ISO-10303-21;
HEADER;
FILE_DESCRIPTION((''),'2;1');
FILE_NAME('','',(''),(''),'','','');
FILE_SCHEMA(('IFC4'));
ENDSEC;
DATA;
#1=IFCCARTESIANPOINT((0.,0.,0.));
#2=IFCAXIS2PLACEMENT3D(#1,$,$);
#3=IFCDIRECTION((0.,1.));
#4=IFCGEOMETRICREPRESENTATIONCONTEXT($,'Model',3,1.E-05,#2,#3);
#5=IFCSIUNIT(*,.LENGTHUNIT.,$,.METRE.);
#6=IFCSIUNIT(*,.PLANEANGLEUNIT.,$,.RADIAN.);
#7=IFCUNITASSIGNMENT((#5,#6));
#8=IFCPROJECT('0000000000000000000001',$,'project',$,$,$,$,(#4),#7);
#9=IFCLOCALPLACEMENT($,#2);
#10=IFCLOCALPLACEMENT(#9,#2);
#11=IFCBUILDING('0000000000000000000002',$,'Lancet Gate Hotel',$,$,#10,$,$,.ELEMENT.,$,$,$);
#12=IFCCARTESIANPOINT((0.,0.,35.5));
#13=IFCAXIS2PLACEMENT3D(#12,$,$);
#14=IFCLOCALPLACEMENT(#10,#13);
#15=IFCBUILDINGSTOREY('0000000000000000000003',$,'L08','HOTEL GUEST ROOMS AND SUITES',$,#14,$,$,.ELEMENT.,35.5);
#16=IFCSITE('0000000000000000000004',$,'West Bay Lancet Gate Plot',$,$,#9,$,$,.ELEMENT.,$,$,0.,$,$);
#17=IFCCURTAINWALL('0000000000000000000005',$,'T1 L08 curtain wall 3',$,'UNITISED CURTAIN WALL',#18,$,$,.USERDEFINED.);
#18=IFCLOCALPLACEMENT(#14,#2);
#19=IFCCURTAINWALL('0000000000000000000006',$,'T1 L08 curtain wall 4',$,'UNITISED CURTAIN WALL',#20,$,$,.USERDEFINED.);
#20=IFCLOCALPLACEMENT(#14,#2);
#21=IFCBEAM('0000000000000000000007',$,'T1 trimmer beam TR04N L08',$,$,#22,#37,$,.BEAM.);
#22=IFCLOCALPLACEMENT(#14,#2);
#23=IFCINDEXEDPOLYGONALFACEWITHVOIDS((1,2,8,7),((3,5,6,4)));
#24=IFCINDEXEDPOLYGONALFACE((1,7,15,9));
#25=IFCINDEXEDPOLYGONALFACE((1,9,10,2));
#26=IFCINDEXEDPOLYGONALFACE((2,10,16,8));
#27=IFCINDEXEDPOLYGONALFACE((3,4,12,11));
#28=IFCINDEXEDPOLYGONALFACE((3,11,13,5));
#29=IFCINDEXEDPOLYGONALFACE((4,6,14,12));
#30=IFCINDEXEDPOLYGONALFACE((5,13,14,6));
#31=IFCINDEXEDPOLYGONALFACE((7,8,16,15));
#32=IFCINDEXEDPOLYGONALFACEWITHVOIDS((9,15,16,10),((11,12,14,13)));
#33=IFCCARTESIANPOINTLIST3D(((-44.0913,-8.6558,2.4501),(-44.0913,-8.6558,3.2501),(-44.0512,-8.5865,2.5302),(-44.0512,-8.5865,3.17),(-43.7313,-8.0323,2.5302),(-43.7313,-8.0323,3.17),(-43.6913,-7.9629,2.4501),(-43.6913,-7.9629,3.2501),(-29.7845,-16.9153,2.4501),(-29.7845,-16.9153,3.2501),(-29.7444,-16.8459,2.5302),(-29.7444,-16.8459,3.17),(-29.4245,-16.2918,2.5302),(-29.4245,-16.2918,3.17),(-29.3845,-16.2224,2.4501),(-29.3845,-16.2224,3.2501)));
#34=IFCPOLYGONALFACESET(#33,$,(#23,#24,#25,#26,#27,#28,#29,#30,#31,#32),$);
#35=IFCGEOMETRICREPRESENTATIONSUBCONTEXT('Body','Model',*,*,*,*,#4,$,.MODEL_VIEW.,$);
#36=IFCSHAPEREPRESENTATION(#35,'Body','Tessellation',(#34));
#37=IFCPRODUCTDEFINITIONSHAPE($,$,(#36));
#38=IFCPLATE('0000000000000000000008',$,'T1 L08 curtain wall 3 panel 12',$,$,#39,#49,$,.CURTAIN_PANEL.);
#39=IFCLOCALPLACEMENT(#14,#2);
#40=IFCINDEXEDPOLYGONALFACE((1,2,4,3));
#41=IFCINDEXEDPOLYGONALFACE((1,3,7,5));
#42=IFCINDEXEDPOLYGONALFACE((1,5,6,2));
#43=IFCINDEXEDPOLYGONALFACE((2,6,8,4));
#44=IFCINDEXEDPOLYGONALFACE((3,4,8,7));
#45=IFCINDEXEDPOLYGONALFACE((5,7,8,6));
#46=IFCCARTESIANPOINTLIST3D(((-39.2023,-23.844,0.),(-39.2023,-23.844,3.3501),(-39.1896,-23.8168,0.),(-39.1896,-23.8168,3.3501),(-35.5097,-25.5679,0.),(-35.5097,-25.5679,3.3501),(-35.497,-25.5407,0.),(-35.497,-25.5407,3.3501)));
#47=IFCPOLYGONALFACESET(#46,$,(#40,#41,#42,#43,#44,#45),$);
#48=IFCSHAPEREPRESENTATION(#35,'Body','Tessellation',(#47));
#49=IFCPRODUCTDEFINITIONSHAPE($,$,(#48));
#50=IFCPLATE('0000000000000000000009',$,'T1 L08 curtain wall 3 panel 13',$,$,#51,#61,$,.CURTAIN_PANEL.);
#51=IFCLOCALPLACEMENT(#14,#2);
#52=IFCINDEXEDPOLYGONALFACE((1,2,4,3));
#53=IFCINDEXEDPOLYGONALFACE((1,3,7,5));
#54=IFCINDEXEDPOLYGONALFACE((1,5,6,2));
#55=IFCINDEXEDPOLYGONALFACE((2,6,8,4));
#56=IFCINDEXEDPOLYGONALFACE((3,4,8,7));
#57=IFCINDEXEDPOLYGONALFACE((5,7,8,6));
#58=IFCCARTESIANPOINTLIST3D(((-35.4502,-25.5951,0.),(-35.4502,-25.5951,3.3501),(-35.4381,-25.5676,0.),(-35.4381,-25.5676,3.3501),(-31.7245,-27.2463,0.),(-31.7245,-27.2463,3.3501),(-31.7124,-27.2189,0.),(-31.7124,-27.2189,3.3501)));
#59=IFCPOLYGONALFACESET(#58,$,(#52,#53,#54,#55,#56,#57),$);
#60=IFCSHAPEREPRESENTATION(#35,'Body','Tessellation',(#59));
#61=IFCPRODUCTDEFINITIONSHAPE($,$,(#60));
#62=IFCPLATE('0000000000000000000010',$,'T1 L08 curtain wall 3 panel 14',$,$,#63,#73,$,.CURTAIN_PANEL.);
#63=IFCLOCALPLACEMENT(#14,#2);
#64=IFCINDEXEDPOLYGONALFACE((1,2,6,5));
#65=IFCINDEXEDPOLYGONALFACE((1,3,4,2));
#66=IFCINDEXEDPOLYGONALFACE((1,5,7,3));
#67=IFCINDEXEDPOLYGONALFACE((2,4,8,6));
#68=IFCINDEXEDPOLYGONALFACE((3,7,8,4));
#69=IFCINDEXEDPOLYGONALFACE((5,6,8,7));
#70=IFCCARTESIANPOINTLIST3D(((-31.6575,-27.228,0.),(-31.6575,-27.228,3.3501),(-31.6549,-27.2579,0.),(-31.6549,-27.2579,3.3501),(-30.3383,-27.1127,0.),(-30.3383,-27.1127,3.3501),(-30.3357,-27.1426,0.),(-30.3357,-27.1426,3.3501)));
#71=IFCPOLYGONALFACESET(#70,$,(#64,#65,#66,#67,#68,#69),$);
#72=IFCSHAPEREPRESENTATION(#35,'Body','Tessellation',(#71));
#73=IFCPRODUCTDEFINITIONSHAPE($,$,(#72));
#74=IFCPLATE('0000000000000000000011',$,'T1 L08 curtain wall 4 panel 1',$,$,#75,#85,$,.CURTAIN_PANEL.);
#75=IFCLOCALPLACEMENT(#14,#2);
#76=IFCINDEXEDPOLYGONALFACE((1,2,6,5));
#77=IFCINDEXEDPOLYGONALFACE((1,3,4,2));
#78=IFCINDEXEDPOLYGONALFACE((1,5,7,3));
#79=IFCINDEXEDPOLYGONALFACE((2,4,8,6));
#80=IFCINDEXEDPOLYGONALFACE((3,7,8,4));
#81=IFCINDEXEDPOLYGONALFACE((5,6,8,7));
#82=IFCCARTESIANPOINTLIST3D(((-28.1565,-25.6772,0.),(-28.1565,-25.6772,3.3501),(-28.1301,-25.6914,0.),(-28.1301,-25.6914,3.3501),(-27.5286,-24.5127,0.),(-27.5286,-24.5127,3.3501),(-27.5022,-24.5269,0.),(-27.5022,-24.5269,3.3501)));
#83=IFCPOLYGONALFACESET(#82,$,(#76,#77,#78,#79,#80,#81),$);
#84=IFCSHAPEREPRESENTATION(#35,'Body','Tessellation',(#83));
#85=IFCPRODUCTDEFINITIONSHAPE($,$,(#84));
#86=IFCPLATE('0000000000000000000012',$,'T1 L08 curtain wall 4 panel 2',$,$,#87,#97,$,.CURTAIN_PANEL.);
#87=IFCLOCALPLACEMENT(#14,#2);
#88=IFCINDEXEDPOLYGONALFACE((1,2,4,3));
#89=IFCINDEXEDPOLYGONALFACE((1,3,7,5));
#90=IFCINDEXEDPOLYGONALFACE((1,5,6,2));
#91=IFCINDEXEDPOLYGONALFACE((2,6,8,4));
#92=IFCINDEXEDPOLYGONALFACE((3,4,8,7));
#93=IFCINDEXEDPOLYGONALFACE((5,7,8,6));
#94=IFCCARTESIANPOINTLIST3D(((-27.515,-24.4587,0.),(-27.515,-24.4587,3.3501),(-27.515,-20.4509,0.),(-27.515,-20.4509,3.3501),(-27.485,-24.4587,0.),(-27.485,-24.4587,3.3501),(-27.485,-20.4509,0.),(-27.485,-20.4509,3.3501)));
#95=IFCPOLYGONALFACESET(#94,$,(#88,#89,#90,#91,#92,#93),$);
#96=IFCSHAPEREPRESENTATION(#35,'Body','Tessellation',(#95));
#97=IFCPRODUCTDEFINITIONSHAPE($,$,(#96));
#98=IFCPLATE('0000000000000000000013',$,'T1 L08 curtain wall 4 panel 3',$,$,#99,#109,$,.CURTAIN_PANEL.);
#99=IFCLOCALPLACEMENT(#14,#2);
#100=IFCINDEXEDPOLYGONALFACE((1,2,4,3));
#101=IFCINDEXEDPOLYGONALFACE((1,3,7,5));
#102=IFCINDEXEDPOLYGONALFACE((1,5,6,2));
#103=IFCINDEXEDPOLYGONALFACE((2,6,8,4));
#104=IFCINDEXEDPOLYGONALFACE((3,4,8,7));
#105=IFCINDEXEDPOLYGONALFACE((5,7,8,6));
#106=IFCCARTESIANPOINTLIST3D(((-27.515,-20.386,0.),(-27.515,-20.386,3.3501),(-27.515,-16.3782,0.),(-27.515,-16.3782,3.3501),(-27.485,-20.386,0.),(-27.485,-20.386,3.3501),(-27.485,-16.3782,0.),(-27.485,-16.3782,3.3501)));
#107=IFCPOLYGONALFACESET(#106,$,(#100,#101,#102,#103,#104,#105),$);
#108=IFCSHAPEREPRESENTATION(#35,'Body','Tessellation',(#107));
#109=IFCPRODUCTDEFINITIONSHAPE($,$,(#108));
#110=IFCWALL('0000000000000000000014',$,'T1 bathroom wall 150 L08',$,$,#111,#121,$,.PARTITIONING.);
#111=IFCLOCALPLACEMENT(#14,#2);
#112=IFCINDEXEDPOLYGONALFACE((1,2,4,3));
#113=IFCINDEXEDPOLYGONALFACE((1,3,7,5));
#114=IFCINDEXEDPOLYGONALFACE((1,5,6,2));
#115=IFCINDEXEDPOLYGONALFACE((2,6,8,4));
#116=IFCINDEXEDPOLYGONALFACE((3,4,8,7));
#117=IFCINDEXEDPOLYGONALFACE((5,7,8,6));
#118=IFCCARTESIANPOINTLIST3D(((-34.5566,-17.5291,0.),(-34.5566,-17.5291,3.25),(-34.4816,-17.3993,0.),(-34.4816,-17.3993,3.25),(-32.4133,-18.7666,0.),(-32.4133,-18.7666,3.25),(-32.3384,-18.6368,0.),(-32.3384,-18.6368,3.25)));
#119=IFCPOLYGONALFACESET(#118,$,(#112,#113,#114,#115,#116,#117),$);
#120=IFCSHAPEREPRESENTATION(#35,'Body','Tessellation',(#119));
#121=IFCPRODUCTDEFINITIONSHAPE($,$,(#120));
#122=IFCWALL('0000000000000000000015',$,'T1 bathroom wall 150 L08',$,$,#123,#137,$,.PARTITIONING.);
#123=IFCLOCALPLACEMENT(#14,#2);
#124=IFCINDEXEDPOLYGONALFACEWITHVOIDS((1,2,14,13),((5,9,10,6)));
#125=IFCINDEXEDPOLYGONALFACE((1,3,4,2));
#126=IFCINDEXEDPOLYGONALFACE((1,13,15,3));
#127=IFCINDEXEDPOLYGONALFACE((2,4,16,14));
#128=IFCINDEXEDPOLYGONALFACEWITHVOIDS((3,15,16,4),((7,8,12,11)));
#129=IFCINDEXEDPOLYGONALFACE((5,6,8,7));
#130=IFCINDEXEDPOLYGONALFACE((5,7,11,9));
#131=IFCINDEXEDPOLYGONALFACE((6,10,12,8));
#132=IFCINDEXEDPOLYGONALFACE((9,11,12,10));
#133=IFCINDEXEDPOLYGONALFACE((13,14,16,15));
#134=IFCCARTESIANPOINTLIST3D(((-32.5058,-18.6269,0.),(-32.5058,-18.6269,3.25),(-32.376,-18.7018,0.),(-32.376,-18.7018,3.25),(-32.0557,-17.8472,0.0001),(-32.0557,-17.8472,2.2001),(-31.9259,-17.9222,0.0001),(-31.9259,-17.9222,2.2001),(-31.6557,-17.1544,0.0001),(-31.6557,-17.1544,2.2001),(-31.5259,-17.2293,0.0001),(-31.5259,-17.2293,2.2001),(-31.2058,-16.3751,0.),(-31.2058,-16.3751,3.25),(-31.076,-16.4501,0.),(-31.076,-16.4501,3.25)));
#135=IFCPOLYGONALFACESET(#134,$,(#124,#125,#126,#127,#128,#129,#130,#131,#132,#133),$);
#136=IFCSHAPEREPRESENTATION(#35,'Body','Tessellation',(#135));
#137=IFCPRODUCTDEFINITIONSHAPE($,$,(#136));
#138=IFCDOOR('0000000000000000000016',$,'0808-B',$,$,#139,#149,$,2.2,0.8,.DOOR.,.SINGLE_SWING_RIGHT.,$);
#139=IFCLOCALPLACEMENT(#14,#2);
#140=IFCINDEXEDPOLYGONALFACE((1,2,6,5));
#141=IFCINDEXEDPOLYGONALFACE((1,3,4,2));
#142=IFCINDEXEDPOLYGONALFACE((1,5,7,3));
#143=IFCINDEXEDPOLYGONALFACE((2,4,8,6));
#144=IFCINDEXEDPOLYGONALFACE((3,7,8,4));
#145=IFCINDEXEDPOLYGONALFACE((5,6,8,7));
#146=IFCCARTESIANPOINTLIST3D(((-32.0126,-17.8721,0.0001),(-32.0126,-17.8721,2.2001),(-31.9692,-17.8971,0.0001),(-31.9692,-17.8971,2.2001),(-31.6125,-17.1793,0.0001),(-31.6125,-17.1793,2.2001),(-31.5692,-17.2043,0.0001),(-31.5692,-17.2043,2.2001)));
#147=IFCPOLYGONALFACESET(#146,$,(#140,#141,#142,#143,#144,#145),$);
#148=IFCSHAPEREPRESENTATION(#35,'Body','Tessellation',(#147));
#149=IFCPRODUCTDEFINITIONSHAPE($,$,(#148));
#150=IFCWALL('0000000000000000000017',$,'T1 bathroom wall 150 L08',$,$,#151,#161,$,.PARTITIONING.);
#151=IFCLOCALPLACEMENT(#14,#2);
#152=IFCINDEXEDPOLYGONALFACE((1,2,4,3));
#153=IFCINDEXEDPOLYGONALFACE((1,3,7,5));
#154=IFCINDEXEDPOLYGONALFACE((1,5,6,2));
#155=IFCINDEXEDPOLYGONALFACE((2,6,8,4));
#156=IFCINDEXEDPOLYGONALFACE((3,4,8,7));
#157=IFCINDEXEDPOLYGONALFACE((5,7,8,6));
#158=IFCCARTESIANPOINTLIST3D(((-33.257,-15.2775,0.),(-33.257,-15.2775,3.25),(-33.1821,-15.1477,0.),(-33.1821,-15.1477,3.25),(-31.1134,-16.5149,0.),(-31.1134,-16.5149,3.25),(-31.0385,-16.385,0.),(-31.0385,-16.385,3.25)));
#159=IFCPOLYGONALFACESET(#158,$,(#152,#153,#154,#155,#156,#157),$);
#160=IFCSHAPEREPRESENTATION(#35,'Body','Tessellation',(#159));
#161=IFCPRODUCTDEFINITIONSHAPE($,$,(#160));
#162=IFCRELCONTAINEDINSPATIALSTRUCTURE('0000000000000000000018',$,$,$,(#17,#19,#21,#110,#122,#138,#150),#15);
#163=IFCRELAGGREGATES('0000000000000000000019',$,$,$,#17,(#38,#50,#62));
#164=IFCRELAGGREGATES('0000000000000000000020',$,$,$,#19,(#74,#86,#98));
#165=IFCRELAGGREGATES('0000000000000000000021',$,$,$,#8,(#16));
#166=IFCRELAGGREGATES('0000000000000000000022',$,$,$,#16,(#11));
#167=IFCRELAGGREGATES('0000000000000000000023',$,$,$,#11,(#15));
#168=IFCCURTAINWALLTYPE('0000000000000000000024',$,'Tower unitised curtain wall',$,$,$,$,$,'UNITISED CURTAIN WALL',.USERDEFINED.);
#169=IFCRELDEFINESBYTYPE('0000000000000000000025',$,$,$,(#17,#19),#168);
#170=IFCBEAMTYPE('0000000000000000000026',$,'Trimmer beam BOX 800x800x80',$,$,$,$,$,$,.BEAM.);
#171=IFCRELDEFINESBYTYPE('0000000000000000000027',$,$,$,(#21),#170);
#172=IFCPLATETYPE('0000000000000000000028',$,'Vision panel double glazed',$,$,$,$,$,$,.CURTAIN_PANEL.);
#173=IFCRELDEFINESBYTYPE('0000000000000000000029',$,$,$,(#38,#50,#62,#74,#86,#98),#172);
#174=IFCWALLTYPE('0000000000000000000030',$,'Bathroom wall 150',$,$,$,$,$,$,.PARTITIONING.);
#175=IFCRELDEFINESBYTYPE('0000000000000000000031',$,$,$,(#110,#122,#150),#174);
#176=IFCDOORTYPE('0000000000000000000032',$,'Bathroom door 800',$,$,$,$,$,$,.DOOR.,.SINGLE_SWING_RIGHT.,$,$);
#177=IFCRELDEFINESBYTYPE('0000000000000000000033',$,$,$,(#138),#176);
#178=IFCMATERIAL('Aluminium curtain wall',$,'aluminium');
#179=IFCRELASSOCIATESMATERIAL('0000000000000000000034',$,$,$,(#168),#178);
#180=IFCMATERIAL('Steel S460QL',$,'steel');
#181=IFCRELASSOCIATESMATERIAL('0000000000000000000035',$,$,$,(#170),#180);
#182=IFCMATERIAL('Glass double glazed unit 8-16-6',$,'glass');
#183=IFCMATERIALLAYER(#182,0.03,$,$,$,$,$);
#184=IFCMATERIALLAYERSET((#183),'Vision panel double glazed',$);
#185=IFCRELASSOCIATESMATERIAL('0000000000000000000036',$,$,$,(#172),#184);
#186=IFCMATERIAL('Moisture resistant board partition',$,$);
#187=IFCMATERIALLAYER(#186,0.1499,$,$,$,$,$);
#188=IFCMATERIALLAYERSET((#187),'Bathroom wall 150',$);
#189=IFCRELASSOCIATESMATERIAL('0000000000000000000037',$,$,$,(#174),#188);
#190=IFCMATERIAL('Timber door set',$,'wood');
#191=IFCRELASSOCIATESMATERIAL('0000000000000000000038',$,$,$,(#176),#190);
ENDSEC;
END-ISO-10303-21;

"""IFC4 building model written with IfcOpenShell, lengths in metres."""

from ifc_helpers import new_model, si_unit, direction, frame, frame_2d, origin, origin_2d, place, context, subcontext, project, spatial, rectangle, hollow_rectangle, extrude, material, layer, layer_set, material_profile, profile_set, type_object, element, fill, aggregate, save


model = new_model("IFC4")

# Units and contexts
model_context = context("Model", 3, precision=1e-05, world=origin(), true_north=direction((0.0, 1.0)))
body_context = subcontext(model_context, "Body", "Model", "MODEL_VIEW")
ifc_project = project(units=[si_unit("LENGTHUNIT", "METRE"), si_unit("PLANEANGLEUNIT", "RADIAN")], contexts=[model_context])

# Site, building, storey
site_placement = place(None, origin())
site = spatial("IfcSite", under=ifc_project, at=site_placement, Name="West Bay Lancet Gate Plot", CompositionType="ELEMENT", RefElevation=0.0)
building_placement = place(site_placement, origin())
building = spatial("IfcBuilding", under=site, at=building_placement, Name="Lancet Gate Hotel", CompositionType="ELEMENT")
storey_placement = place(building_placement, frame((0.0, 0.0, 35.5)))
storey = spatial("IfcBuildingStorey", under=building, at=storey_placement, Name="L08", Description="HOTEL GUEST ROOMS AND SUITES", CompositionType="ELEMENT", Elevation=35.5)

# Curtain walls
ifc_material_1 = material(Name="Aluminium curtain wall", Category="aluminium")
curtain_wall_type = type_object("IfcCurtainWallType", Name="Tower unitised curtain wall", ElementType="UNITISED CURTAIN WALL", PredefinedType="USERDEFINED", material=ifc_material_1)
curtain_wall_1_placement = place(storey_placement, origin())
curtain_wall_1 = element("IfcCurtainWall", 1, at=curtain_wall_1_placement, inside=storey, type_object=curtain_wall_type, Name="T1 L08 curtain wall 3", ObjectType="UNITISED CURTAIN WALL", PredefinedType="USERDEFINED")
curtain_wall_2_placement = place(storey_placement, origin())
curtain_wall_2 = element("IfcCurtainWall", 2, at=curtain_wall_2_placement, inside=storey, type_object=curtain_wall_type, Name="T1 L08 curtain wall 4", ObjectType="UNITISED CURTAIN WALL", PredefinedType="USERDEFINED")

# Beam
ifc_material_2 = material(Name="Steel S460QL", Category="steel")
ifc_material_profile_1 = material_profile(ifc_material_2, hollow_rectangle(XDim=0.8, YDim=0.8, WallThickness=0.0801, at=origin_2d()), Name="BOX 800x800x80")
ifc_profile_set_1 = profile_set([ifc_material_profile_1], Name="Steel S460QL")
beam_type_1 = type_object("IfcBeamType", Name="Trimmer beam BOX 800x800x80", PredefinedType="BEAM", material=ifc_profile_set_1)
for number, where, z_axis, x_axis, name in (
    (3, (-29.5845, -16.5688, 2.8501), (-0.86604, 0.499974, 0.0), (-0.499974, -0.86604, 0.0), "T1 trimmer beam TR04N L08"),
):
    element("IfcBeam", number, at=place(storey_placement, frame(where, z_axis=z_axis, x_axis=x_axis)), inside=storey, type_object=beam_type_1, Name=name, PredefinedType="BEAM", context=body_context, shape_type="SweptSolid", body=[
        extrude(hollow_rectangle(XDim=0.8, YDim=0.8, WallThickness=0.0801, at=origin_2d()), origin(), (0.0, 0.0, 1.0), 16.5198),
    ])

# Plates
ifc_material_3 = material(Name="Glass double glazed unit 8-16-6", Category="glass")
ifc_layer_1 = layer(ifc_material_3, 0.03)
ifc_layer_set_1 = layer_set([ifc_layer_1], Name="Vision panel double glazed")
plate_type = type_object("IfcPlateType", Name="Vision panel double glazed", PredefinedType="CURTAIN_PANEL", material=ifc_layer_set_1)
plate_1_placement = place(storey_placement, frame((-37.3496, -24.6924, 0.0), z_axis=(0.0, 0.0, 1.0), x_axis=(0.906118, -0.423026, 0.0)))
plate_1 = element("IfcPlate", 4, at=plate_1_placement, type_object=plate_type, Name="T1 L08 curtain wall 3 panel 12", PredefinedType="CURTAIN_PANEL", context=body_context, shape_type="SweptSolid", body=[
    extrude(rectangle(XDim=4.0752, YDim=0.03, at=origin_2d()), origin(), (0.0, 0.0, 1.0), 3.3501),
])
plate_2_placement = place(storey_placement, frame((-33.5813, -26.407, 0.0), z_axis=(0.0, 0.0, 1.0), x_axis=(0.914234, -0.405186, 0.0)))
plate_2 = element("IfcPlate", 5, at=plate_2_placement, type_object=plate_type, Name="T1 L08 curtain wall 3 panel 13", PredefinedType="CURTAIN_PANEL", context=body_context, shape_type="SweptSolid", body=[
    extrude(rectangle(XDim=4.0752, YDim=0.03, at=origin_2d()), origin(), (0.0, 0.0, 1.0), 3.3501),
])
plate_3_placement = place(storey_placement, frame((-30.9966, -27.1853, 0.0), z_axis=(0.0, 0.0, 1.0), x_axis=(0.996204, 0.087052, 0.0)))
plate_3 = element("IfcPlate", 6, at=plate_3_placement, type_object=plate_type, Name="T1 L08 curtain wall 3 panel 14", PredefinedType="CURTAIN_PANEL", context=body_context, shape_type="SweptSolid", body=[
    extrude(rectangle(XDim=1.3242, YDim=0.03, at=origin_2d()), origin(), (0.0, 0.0, 1.0), 3.3501),
])
aggregate(curtain_wall_1, [plate_1, plate_2, plate_3])
plate_4_placement = place(storey_placement, frame((-27.8293, -25.1021, 0.0), z_axis=(0.0, 0.0, 1.0), x_axis=(0.474631, 0.880185, 0.0)))
plate_4 = element("IfcPlate", 7, at=plate_4_placement, type_object=plate_type, Name="T1 L08 curtain wall 4 panel 1", PredefinedType="CURTAIN_PANEL", context=body_context, shape_type="SweptSolid", body=[
    extrude(rectangle(XDim=1.323, YDim=0.03, at=origin_2d()), origin(), (0.0, 0.0, 1.0), 3.3501),
])
plate_5_placement = place(storey_placement, frame((-27.5, -22.4548, 0.0), z_axis=(0.0, 0.0, 1.0), x_axis=(0.0, 1.0, 0.0)))
plate_5 = element("IfcPlate", 8, at=plate_5_placement, type_object=plate_type, Name="T1 L08 curtain wall 4 panel 2", PredefinedType="CURTAIN_PANEL", context=body_context, shape_type="SweptSolid", body=[
    extrude(rectangle(XDim=4.0078, YDim=0.03, at=origin_2d()), origin(), (0.0, 0.0, 1.0), 3.3501),
])
plate_6_placement = place(storey_placement, frame((-27.5, -18.3821, 0.0), z_axis=(0.0, 0.0, 1.0), x_axis=(0.0, 1.0, 0.0)))
plate_6 = element("IfcPlate", 9, at=plate_6_placement, type_object=plate_type, Name="T1 L08 curtain wall 4 panel 3", PredefinedType="CURTAIN_PANEL", context=body_context, shape_type="SweptSolid", body=[
    extrude(rectangle(XDim=4.0078, YDim=0.03, at=origin_2d()), origin(), (0.0, 0.0, 1.0), 3.3501),
])
aggregate(curtain_wall_2, [plate_4, plate_5, plate_6])

# Wall
ifc_material_4 = material(Name="Moisture resistant board partition")
ifc_layer_2 = layer(ifc_material_4, 0.1499)
ifc_layer_set_2 = layer_set([ifc_layer_2], Name="Bathroom wall 150")
wall_type_1 = type_object("IfcWallType", Name="Bathroom wall 150", PredefinedType="PARTITIONING", material=ifc_layer_set_2)
wall_1_placement = place(storey_placement, frame((-32.376, -18.7017, 0.0), z_axis=(0.0, 0.0, 1.0), x_axis=(-0.866007, 0.500033, 0.0)))
element("IfcWall", 10, at=wall_1_placement, inside=storey, type_object=wall_type_1, Name="T1 bathroom wall 150 L08", PredefinedType="PARTITIONING", context=body_context, shape_type="SweptSolid", body=[
    extrude(rectangle(XDim=2.4749, YDim=0.1499, at=frame_2d((1.2373, 0.0))), origin(), (0.0, 0.0, 1.0), 3.25),
])

# Wall, opening, door
wall_2_placement = place(storey_placement, frame((-31.1409, -16.4126, 0.0), z_axis=(0.0, 0.0, 1.0), x_axis=(-0.500007, -0.866021, 0.0)))
wall_2 = element("IfcWall", 11, at=wall_2_placement, inside=storey, type_object=wall_type_1, Name="T1 bathroom wall 150 L08", PredefinedType="PARTITIONING", context=body_context, shape_type="SweptSolid", body=[
    extrude(rectangle(XDim=2.6001, YDim=0.1499, at=frame_2d((1.3, 0.0))), origin(), (0.0, 0.0, 1.0), 3.25),
])
opening_1_placement = place(wall_2_placement, frame((0.8999, 0.0, 0.0)))
opening_1 = element("IfcOpeningElement", 12, at=opening_1_placement, cuts=wall_2, PredefinedType="OPENING", context=body_context, shape_type="SweptSolid", body=[
    extrude(rectangle(XDim=0.8, YDim=2.2, at=frame_2d((0.3999, 1.1001))), frame((0.0, 0.085, 0.0), z_axis=(0.0, -1.0, 0.0), x_axis=(1.0, 0.0, 0.0)), (0.0, 0.0, 1.0), 0.1699),
])
ifc_material_5 = material(Name="Timber door set", Category="wood")
door_type_1 = type_object("IfcDoorType", Name="Bathroom door 800", OperationType="SINGLE_SWING_RIGHT", PredefinedType="DOOR", material=ifc_material_5)
door_1_placement = place(opening_1_placement, origin())
door_1 = element("IfcDoor", 13, at=door_1_placement, inside=storey, type_object=door_type_1, Name="0808-B", OperationType="SINGLE_SWING_RIGHT", OverallHeight=2.2, OverallWidth=0.8, PredefinedType="DOOR", context=body_context, shape_type="SweptSolid", body=[
    extrude(rectangle(XDim=0.8, YDim=2.2, at=frame_2d((0.3999, 1.1001))), frame((0.0, 0.0249, 0.0), z_axis=(0.0, -1.0, 0.0), x_axis=(1.0, 0.0, 0.0)), (0.0, 0.0, 1.0), 0.05),
])
fill(opening_1, door_1)

# Wall
wall_3_placement = place(storey_placement, frame((-31.0759, -16.45, 0.0), z_axis=(0.0, 0.0, 1.0), x_axis=(-0.866074, 0.499916, 0.0)))
element("IfcWall", 14, at=wall_3_placement, inside=storey, type_object=wall_type_1, Name="T1 bathroom wall 150 L08", PredefinedType="PARTITIONING", context=body_context, shape_type="SweptSolid", body=[
    extrude(rectangle(XDim=2.4751, YDim=0.1499, at=frame_2d((1.2375, 0.0))), origin(), (0.0, 0.0, 1.0), 3.25),
])

save(model, "model.ifc")
